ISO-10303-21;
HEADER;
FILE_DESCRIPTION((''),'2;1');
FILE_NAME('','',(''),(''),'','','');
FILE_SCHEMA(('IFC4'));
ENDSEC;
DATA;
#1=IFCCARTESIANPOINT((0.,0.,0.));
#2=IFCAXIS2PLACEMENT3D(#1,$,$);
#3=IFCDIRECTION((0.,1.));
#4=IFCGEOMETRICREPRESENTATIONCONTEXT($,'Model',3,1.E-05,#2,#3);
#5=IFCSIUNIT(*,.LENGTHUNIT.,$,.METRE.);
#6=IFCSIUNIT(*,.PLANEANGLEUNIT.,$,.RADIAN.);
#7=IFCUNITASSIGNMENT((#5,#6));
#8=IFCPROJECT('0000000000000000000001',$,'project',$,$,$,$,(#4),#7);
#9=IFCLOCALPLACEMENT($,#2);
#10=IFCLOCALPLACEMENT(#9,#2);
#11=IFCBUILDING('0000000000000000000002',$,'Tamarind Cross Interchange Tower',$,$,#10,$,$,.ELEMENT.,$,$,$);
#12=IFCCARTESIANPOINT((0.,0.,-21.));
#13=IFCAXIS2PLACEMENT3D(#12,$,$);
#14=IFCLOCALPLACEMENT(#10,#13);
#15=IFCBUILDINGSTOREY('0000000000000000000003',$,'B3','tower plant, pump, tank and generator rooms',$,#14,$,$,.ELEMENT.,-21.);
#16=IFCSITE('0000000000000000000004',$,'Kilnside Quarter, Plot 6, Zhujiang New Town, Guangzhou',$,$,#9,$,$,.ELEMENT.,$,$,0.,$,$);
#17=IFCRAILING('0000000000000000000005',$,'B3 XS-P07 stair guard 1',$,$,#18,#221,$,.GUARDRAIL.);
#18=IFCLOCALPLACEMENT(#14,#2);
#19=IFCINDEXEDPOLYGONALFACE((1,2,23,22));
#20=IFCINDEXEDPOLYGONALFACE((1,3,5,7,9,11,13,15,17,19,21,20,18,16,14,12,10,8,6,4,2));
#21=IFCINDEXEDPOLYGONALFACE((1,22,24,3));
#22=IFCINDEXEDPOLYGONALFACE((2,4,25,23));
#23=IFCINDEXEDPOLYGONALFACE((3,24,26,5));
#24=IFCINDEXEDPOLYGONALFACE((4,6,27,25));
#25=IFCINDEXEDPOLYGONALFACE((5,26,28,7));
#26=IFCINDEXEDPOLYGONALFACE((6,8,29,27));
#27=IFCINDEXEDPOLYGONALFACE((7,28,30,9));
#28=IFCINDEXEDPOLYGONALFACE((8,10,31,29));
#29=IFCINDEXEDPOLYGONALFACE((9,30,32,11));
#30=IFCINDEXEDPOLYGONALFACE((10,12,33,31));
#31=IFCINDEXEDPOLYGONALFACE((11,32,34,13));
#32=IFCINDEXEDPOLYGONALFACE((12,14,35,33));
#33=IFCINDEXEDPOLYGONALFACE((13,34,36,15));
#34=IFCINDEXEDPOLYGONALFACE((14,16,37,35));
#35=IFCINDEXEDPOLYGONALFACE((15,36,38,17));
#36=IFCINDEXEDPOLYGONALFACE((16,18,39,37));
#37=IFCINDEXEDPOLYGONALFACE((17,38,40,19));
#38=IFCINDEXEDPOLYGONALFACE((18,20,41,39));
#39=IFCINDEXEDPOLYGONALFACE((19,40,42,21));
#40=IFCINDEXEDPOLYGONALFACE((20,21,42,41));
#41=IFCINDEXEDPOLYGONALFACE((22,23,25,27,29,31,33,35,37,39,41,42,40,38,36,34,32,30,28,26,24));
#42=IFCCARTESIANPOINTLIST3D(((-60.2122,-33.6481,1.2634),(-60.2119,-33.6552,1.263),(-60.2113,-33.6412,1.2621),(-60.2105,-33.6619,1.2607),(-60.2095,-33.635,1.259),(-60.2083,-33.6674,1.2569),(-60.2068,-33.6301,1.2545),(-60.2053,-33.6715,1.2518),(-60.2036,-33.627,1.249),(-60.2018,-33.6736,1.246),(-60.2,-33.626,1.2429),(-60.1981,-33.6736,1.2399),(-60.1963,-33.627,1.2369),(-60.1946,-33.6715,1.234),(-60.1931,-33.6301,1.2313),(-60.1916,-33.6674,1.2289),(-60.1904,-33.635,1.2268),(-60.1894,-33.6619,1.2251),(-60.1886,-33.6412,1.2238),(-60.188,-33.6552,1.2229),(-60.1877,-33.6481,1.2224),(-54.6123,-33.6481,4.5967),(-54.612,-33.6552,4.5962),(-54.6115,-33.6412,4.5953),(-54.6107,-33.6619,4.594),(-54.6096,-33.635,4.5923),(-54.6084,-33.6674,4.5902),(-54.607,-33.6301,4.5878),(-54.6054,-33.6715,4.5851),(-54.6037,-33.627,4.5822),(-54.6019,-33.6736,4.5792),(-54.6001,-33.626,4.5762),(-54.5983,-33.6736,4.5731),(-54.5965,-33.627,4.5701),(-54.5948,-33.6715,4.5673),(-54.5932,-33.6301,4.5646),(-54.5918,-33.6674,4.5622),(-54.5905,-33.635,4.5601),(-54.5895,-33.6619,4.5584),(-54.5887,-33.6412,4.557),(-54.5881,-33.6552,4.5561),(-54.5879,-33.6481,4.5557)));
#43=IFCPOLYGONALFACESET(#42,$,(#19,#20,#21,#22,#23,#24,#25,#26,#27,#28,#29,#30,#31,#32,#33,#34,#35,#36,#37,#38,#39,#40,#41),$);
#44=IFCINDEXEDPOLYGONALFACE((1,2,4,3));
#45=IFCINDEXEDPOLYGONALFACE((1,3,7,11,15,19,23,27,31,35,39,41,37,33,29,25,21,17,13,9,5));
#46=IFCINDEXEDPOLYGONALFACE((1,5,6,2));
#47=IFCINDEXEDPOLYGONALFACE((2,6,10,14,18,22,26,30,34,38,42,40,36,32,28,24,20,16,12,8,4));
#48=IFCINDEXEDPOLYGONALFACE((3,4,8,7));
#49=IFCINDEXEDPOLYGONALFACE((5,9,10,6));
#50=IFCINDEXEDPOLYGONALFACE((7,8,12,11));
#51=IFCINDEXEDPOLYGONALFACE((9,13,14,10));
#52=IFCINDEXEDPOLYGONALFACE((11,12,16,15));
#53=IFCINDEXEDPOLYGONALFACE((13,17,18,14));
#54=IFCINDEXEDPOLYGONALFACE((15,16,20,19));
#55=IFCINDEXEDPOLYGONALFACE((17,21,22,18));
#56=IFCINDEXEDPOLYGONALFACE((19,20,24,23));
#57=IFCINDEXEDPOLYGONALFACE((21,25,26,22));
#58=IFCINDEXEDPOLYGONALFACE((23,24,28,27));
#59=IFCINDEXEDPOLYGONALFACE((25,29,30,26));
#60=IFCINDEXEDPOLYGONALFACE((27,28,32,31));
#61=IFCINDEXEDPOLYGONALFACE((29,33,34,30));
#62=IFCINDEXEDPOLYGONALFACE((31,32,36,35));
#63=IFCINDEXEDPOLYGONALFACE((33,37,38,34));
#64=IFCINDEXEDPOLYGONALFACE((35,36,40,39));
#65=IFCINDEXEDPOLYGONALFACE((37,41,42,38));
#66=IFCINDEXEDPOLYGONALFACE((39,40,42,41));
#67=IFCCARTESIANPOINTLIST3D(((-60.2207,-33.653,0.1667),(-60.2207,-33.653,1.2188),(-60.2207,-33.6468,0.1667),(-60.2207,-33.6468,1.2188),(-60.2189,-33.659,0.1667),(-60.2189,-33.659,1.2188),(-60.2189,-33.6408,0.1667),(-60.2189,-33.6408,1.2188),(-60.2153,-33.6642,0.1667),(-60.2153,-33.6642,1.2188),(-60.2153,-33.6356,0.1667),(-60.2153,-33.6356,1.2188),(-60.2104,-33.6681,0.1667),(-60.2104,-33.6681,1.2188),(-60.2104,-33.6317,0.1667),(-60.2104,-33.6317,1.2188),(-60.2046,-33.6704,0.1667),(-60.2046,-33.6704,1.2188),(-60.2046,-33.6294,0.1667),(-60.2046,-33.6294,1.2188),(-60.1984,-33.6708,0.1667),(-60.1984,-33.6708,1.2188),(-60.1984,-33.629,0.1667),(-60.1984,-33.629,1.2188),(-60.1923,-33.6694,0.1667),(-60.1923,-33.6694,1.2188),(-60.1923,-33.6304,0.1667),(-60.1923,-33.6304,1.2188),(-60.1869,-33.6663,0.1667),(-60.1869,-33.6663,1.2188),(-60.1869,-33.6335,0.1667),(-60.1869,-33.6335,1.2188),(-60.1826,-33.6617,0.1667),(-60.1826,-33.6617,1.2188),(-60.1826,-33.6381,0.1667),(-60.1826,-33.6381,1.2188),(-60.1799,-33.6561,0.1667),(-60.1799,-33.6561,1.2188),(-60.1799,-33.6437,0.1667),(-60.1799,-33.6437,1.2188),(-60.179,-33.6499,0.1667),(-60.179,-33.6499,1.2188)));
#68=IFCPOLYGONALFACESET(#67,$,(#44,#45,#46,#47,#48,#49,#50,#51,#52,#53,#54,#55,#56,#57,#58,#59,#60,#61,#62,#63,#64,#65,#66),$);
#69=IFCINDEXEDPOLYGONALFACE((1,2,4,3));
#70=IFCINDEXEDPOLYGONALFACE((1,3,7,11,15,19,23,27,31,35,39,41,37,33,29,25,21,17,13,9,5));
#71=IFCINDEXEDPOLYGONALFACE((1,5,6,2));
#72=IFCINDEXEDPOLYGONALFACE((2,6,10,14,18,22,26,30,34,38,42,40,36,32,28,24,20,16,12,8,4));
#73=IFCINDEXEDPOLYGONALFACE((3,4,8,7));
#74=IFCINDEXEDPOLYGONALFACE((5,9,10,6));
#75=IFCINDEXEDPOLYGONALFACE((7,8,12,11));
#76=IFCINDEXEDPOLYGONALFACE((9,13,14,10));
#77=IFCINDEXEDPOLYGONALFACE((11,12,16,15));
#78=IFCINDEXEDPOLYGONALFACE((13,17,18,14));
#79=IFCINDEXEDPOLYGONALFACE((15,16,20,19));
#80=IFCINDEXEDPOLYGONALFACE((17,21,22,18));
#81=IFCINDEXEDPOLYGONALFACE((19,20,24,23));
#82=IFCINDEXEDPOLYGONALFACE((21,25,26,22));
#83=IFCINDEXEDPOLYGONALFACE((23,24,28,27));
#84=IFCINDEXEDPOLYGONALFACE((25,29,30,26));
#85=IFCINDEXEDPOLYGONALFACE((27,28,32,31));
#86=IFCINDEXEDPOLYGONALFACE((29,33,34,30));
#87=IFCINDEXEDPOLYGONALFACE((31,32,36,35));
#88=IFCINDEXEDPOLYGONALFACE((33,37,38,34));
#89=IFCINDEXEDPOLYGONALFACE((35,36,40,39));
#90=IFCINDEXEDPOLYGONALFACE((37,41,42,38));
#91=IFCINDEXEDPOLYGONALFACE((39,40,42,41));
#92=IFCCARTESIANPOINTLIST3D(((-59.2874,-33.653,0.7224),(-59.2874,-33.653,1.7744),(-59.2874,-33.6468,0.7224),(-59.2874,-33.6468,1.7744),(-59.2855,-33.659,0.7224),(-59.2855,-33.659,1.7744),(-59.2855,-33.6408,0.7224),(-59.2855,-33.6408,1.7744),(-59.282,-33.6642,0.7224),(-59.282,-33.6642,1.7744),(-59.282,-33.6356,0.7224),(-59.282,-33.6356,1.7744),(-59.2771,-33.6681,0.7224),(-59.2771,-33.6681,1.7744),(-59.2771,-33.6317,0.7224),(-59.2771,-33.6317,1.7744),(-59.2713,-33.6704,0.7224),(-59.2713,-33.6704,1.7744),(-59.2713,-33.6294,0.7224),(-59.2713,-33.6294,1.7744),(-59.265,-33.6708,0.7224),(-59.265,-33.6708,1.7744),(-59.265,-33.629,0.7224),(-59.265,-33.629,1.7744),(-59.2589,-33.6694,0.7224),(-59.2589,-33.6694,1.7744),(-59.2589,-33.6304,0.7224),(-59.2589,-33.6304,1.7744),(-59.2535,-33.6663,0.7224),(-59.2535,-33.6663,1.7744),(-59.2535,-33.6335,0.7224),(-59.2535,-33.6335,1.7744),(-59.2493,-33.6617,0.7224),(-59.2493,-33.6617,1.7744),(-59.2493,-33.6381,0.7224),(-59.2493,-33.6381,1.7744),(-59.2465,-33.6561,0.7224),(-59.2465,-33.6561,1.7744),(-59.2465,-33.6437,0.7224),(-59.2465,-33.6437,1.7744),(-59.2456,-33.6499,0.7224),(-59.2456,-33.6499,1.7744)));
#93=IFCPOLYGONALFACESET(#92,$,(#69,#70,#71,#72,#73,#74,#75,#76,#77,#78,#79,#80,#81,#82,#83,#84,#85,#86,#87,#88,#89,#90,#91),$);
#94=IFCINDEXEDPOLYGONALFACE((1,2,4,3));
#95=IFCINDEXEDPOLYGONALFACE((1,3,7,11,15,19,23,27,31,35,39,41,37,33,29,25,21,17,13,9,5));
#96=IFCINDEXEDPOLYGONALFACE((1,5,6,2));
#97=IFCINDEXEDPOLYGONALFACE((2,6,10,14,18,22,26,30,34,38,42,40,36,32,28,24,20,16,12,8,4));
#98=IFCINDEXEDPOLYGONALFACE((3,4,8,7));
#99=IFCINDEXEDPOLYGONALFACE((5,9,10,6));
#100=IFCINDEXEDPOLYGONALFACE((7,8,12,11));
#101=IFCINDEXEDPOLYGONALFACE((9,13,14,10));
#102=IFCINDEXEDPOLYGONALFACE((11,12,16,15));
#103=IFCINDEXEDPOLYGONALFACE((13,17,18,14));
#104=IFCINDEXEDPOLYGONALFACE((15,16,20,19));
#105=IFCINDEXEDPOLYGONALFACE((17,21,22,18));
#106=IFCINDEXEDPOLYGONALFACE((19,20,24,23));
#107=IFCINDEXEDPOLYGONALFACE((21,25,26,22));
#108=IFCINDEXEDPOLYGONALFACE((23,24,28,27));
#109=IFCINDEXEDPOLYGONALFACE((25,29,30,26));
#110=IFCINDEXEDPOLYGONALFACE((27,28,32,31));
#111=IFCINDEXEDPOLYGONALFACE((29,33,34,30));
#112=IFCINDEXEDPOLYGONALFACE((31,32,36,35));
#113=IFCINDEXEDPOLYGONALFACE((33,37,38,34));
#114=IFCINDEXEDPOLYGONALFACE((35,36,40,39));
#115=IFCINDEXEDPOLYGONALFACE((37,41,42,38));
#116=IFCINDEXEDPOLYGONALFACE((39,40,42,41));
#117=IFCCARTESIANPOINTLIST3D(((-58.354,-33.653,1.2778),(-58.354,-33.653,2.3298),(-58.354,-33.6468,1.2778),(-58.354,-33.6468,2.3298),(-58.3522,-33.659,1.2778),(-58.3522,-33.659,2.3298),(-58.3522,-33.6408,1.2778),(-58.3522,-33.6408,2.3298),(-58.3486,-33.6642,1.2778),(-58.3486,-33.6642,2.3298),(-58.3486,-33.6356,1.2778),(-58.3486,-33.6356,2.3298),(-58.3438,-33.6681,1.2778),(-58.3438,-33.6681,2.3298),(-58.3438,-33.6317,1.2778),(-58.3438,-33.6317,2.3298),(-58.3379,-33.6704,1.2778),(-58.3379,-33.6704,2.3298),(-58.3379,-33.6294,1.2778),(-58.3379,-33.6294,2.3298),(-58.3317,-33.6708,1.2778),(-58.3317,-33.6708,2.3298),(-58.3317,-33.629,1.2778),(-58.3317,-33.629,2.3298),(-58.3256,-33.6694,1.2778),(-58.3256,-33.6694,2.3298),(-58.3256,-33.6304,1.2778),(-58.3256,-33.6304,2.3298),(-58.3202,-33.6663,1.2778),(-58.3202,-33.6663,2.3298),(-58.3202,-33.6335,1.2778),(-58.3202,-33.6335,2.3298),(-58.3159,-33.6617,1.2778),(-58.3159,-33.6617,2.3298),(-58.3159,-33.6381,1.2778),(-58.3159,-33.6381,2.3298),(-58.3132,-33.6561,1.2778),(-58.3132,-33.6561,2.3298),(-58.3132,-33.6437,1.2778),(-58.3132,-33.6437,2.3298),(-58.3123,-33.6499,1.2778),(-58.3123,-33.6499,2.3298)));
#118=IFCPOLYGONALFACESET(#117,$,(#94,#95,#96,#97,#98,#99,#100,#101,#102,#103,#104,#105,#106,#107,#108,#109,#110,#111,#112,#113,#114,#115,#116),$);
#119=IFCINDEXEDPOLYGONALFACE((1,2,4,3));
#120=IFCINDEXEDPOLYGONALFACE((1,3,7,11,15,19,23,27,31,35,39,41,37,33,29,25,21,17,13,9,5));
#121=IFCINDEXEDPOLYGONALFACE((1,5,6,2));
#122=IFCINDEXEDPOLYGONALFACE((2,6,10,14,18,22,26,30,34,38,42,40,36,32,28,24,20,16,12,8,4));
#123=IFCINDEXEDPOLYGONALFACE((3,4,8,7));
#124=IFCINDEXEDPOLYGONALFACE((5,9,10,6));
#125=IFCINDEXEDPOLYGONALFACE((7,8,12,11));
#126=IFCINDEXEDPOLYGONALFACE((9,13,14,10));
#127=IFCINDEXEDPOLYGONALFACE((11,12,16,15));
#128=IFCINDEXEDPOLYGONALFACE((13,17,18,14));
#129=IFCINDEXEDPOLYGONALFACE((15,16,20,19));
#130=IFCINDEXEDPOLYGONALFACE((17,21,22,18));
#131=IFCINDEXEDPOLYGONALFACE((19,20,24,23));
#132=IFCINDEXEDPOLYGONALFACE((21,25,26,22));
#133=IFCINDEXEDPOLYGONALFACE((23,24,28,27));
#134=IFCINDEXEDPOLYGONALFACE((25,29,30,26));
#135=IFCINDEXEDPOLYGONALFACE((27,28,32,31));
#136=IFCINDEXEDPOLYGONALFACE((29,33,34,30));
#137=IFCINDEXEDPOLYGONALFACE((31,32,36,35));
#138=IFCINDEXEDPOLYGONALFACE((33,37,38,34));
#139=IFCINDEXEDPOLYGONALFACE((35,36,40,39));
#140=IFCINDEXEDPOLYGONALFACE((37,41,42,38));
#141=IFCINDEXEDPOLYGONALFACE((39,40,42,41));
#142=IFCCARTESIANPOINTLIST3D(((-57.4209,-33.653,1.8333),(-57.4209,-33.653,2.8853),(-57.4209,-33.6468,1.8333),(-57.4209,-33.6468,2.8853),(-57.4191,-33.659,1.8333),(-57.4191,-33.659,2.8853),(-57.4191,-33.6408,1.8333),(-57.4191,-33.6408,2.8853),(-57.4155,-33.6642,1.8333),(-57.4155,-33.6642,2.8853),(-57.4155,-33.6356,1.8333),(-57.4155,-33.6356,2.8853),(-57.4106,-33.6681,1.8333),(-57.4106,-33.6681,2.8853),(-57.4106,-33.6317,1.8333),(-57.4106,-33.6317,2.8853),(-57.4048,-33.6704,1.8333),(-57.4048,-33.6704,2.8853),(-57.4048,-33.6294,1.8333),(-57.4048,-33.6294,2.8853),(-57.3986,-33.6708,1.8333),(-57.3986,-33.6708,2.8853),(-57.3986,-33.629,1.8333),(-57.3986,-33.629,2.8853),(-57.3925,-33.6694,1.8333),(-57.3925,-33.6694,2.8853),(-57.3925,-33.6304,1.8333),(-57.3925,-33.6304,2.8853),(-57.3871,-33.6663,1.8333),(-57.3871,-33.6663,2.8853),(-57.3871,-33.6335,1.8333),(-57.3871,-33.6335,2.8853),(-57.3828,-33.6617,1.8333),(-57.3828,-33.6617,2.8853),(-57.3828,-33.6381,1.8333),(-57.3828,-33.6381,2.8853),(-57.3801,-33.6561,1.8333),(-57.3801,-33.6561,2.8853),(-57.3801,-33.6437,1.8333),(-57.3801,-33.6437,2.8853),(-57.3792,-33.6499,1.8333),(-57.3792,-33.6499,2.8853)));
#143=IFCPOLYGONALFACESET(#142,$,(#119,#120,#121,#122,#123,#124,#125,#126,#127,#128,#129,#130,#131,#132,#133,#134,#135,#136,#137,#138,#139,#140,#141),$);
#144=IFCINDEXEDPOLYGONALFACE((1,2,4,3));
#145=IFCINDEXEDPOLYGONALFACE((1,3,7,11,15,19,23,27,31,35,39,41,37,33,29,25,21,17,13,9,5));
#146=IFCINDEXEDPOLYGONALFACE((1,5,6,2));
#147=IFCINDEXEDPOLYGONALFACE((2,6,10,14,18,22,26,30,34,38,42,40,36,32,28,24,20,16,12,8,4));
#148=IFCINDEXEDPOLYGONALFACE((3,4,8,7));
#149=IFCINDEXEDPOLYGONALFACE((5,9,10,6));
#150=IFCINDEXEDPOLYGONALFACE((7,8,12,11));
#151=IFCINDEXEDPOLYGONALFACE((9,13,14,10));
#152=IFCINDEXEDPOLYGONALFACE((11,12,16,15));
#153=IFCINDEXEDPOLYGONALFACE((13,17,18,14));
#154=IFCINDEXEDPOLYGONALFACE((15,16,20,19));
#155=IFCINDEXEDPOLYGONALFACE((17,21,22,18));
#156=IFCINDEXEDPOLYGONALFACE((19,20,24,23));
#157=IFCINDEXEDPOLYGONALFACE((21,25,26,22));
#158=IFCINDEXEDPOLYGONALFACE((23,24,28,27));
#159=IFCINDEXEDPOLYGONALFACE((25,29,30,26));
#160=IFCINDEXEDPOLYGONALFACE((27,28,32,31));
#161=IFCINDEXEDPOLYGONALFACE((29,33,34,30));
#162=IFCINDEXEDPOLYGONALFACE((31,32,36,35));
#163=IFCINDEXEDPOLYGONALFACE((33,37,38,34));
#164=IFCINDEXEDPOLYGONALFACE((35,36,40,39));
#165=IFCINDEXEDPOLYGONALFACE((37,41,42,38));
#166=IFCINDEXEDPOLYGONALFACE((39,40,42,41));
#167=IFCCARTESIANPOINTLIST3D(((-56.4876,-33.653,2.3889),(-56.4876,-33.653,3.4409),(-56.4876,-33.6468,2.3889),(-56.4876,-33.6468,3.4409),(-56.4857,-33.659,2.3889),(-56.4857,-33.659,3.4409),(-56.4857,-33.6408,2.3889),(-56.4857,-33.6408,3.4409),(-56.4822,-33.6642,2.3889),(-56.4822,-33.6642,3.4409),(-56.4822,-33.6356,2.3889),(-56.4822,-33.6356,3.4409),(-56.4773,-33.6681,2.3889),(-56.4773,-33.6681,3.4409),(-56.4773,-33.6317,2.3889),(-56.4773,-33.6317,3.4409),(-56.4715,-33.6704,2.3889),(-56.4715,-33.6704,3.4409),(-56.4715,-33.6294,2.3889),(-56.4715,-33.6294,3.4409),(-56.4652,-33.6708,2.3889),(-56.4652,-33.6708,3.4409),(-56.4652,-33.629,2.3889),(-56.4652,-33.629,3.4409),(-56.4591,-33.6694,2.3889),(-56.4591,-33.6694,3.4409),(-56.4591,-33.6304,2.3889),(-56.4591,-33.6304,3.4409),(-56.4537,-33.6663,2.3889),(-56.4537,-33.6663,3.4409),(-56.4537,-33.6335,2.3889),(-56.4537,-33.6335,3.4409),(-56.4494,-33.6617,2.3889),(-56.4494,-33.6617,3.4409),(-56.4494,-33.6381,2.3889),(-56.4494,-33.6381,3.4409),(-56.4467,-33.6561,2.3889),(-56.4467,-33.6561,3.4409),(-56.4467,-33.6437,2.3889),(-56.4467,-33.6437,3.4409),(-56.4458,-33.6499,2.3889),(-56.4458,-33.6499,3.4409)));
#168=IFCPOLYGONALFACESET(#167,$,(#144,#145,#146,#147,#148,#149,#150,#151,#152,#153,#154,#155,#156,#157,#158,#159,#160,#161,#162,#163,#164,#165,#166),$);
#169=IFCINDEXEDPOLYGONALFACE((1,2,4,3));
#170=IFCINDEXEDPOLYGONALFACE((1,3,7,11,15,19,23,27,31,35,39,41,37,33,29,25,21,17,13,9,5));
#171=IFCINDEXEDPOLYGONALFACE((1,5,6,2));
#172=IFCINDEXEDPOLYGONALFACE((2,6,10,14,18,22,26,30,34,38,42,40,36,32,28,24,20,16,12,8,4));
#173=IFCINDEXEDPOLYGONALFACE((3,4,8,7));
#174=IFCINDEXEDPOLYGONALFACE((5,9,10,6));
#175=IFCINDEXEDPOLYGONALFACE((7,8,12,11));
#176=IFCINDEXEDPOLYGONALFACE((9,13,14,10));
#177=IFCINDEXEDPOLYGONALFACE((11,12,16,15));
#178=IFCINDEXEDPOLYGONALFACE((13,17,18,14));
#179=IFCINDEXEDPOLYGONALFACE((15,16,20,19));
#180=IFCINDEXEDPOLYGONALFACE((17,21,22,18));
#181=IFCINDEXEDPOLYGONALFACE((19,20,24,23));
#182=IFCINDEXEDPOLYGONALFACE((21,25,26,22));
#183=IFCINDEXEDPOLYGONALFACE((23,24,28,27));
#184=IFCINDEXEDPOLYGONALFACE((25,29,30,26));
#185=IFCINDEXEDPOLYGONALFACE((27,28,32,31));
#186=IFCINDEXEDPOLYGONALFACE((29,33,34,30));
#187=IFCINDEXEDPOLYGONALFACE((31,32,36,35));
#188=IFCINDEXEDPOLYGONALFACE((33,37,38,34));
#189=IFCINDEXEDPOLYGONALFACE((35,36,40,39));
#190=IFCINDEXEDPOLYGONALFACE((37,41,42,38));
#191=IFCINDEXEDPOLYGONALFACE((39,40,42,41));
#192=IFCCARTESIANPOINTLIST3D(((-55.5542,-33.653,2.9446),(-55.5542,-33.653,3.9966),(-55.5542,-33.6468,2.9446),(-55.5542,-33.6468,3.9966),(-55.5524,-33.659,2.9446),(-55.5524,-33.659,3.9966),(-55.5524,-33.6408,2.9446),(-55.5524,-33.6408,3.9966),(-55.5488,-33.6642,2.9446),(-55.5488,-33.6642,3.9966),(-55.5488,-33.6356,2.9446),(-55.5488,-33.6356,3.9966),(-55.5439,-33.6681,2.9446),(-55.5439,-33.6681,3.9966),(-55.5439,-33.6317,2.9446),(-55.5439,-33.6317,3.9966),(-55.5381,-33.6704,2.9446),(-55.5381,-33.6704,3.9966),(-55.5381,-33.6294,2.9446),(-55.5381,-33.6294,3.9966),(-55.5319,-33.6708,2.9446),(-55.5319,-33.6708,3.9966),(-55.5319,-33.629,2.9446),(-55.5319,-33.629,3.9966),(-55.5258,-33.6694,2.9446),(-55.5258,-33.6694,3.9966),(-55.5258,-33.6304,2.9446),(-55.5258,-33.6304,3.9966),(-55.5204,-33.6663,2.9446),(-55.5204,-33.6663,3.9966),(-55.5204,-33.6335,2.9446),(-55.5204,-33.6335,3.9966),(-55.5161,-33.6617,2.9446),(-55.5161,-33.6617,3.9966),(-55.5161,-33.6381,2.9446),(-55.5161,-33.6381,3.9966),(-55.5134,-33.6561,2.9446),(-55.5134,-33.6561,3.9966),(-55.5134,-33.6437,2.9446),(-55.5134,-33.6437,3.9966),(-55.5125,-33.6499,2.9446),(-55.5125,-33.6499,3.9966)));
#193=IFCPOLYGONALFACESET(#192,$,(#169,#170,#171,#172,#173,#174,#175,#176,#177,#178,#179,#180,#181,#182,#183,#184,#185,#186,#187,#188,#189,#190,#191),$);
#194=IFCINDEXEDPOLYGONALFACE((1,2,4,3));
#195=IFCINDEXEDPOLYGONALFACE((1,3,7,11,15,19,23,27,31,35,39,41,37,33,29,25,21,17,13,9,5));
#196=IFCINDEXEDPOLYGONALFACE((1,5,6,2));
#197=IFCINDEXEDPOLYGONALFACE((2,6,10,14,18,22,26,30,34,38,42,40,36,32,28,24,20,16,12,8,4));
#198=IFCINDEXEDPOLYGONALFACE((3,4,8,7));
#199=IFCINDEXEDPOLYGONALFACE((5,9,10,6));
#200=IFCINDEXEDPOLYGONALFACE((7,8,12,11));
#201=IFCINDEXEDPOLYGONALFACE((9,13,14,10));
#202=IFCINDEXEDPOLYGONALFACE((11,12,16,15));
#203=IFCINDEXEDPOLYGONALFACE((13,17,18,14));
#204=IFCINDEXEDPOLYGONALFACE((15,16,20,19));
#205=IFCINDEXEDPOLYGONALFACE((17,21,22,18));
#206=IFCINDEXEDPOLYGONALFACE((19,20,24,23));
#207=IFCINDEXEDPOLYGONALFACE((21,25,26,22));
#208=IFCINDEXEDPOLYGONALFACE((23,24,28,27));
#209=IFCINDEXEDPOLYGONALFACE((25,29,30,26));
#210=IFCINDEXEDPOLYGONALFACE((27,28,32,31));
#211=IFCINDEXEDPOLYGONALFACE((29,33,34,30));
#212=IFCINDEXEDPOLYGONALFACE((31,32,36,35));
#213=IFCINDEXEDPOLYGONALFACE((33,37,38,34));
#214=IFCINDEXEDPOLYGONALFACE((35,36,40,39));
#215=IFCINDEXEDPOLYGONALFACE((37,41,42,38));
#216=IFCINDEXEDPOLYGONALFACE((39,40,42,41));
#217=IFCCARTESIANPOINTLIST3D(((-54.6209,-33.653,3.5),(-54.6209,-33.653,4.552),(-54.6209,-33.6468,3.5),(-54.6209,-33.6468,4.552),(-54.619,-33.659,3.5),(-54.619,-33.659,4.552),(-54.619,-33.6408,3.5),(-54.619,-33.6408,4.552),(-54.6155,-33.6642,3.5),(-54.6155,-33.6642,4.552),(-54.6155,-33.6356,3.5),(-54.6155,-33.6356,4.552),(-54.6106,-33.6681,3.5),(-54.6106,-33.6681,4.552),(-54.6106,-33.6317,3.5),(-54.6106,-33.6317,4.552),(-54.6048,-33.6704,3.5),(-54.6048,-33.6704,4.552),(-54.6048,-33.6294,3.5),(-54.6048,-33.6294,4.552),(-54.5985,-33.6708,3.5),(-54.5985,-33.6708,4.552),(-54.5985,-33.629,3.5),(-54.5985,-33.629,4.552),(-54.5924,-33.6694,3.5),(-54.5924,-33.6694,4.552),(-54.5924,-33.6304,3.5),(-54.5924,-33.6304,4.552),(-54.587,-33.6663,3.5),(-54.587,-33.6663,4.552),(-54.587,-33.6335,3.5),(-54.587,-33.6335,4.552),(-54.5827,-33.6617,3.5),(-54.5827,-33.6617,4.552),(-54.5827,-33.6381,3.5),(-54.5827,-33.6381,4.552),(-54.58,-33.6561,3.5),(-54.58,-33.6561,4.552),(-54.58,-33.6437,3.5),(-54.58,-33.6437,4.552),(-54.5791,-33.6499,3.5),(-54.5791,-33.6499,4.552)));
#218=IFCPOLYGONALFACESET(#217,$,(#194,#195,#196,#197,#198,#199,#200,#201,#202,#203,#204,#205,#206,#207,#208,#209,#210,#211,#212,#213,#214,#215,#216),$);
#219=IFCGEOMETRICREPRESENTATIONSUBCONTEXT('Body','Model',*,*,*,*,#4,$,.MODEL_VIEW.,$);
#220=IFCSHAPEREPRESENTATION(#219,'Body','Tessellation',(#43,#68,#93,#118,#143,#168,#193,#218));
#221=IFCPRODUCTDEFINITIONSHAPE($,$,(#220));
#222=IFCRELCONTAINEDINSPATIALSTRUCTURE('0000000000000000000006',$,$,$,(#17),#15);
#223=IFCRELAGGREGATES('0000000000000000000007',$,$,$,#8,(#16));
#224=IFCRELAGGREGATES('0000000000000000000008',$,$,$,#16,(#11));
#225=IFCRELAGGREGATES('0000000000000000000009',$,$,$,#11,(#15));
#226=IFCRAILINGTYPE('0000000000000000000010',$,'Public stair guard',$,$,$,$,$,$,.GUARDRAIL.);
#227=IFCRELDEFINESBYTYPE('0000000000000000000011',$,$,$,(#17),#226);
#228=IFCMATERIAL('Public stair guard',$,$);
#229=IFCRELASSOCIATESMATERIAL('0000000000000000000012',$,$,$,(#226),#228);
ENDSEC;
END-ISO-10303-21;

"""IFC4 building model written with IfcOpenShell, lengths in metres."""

from ifc_helpers import new_model, si_unit, direction, frame, origin, origin_2d, place, context, subcontext, project, spatial, circle, extrude, material, type_object, element, save


model = new_model("IFC4")

# Units and contexts
model_context = context("Model", 3, precision=1e-05, world=origin(), true_north=direction((0.0, 1.0)))
body_context = subcontext(model_context, "Body", "Model", "MODEL_VIEW")
ifc_project = project(units=[si_unit("LENGTHUNIT", "METRE"), si_unit("PLANEANGLEUNIT", "RADIAN")], contexts=[model_context])

# Site, building, storey
site_placement = place(None, origin())
site = spatial("IfcSite", under=ifc_project, at=site_placement, Name="Kilnside Quarter, Plot 6, Zhujiang New Town, Guangzhou", CompositionType="ELEMENT", RefElevation=0.0)
building_placement = place(site_placement, origin())
building = spatial("IfcBuilding", under=site, at=building_placement, Name="Tamarind Cross Interchange Tower", CompositionType="ELEMENT")
storey_placement = place(building_placement, frame((0.0, 0.0, -21.0)))
storey = spatial("IfcBuildingStorey", under=building, at=storey_placement, Name="B3", Description="tower plant, pump, tank and generator rooms", CompositionType="ELEMENT", Elevation=-21.0)

# Railing
ifc_material_1 = material(Name="Public stair guard")
railing_type_1 = type_object("IfcRailingType", Name="Public stair guard", PredefinedType="GUARDRAIL", material=ifc_material_1)
railing_1_placement = place(storey_placement, frame((-60.2, -33.6499, 0.1667)))
element("IfcRailing", 1, at=railing_1_placement, inside=storey, type_object=railing_type_1, Name="B3 XS-P07 stair guard 1", PredefinedType="GUARDRAIL", context=body_context, shape_type="SweptSolid", body=[
    extrude(circle(Radius=0.0239, at=origin_2d()), frame((0.0, 0.0, 1.0762), z_axis=(0.859292, 0.0, 0.511485), x_axis=(0.0, 1.0, 0.0)), (0.0, 0.0, 1.0), 6.5168),
    extrude(circle(Radius=0.021, at=origin_2d()), origin(), (0.0, 0.0, 1.0), 1.052),
    extrude(circle(Radius=0.021, at=origin_2d()), frame((0.9333, 0.0, 0.5557)), (0.0, 0.0, 1.0), 1.052),
    extrude(circle(Radius=0.021, at=origin_2d()), frame((1.8667, 0.0, 1.1111)), (0.0, 0.0, 1.0), 1.052),
    extrude(circle(Radius=0.021, at=origin_2d()), frame((2.7998, 0.0, 1.6665)), (0.0, 0.0, 1.0), 1.052),
    extrude(circle(Radius=0.021, at=origin_2d()), frame((3.7332, 0.0, 2.2222)), (0.0, 0.0, 1.0), 1.052),
    extrude(circle(Radius=0.021, at=origin_2d()), frame((4.6665, 0.0, 2.7778)), (0.0, 0.0, 1.0), 1.052),
    extrude(circle(Radius=0.021, at=origin_2d()), frame((5.5999, 0.0, 3.3333)), (0.0, 0.0, 1.0), 1.052),
])

save(model, "model.ifc")
